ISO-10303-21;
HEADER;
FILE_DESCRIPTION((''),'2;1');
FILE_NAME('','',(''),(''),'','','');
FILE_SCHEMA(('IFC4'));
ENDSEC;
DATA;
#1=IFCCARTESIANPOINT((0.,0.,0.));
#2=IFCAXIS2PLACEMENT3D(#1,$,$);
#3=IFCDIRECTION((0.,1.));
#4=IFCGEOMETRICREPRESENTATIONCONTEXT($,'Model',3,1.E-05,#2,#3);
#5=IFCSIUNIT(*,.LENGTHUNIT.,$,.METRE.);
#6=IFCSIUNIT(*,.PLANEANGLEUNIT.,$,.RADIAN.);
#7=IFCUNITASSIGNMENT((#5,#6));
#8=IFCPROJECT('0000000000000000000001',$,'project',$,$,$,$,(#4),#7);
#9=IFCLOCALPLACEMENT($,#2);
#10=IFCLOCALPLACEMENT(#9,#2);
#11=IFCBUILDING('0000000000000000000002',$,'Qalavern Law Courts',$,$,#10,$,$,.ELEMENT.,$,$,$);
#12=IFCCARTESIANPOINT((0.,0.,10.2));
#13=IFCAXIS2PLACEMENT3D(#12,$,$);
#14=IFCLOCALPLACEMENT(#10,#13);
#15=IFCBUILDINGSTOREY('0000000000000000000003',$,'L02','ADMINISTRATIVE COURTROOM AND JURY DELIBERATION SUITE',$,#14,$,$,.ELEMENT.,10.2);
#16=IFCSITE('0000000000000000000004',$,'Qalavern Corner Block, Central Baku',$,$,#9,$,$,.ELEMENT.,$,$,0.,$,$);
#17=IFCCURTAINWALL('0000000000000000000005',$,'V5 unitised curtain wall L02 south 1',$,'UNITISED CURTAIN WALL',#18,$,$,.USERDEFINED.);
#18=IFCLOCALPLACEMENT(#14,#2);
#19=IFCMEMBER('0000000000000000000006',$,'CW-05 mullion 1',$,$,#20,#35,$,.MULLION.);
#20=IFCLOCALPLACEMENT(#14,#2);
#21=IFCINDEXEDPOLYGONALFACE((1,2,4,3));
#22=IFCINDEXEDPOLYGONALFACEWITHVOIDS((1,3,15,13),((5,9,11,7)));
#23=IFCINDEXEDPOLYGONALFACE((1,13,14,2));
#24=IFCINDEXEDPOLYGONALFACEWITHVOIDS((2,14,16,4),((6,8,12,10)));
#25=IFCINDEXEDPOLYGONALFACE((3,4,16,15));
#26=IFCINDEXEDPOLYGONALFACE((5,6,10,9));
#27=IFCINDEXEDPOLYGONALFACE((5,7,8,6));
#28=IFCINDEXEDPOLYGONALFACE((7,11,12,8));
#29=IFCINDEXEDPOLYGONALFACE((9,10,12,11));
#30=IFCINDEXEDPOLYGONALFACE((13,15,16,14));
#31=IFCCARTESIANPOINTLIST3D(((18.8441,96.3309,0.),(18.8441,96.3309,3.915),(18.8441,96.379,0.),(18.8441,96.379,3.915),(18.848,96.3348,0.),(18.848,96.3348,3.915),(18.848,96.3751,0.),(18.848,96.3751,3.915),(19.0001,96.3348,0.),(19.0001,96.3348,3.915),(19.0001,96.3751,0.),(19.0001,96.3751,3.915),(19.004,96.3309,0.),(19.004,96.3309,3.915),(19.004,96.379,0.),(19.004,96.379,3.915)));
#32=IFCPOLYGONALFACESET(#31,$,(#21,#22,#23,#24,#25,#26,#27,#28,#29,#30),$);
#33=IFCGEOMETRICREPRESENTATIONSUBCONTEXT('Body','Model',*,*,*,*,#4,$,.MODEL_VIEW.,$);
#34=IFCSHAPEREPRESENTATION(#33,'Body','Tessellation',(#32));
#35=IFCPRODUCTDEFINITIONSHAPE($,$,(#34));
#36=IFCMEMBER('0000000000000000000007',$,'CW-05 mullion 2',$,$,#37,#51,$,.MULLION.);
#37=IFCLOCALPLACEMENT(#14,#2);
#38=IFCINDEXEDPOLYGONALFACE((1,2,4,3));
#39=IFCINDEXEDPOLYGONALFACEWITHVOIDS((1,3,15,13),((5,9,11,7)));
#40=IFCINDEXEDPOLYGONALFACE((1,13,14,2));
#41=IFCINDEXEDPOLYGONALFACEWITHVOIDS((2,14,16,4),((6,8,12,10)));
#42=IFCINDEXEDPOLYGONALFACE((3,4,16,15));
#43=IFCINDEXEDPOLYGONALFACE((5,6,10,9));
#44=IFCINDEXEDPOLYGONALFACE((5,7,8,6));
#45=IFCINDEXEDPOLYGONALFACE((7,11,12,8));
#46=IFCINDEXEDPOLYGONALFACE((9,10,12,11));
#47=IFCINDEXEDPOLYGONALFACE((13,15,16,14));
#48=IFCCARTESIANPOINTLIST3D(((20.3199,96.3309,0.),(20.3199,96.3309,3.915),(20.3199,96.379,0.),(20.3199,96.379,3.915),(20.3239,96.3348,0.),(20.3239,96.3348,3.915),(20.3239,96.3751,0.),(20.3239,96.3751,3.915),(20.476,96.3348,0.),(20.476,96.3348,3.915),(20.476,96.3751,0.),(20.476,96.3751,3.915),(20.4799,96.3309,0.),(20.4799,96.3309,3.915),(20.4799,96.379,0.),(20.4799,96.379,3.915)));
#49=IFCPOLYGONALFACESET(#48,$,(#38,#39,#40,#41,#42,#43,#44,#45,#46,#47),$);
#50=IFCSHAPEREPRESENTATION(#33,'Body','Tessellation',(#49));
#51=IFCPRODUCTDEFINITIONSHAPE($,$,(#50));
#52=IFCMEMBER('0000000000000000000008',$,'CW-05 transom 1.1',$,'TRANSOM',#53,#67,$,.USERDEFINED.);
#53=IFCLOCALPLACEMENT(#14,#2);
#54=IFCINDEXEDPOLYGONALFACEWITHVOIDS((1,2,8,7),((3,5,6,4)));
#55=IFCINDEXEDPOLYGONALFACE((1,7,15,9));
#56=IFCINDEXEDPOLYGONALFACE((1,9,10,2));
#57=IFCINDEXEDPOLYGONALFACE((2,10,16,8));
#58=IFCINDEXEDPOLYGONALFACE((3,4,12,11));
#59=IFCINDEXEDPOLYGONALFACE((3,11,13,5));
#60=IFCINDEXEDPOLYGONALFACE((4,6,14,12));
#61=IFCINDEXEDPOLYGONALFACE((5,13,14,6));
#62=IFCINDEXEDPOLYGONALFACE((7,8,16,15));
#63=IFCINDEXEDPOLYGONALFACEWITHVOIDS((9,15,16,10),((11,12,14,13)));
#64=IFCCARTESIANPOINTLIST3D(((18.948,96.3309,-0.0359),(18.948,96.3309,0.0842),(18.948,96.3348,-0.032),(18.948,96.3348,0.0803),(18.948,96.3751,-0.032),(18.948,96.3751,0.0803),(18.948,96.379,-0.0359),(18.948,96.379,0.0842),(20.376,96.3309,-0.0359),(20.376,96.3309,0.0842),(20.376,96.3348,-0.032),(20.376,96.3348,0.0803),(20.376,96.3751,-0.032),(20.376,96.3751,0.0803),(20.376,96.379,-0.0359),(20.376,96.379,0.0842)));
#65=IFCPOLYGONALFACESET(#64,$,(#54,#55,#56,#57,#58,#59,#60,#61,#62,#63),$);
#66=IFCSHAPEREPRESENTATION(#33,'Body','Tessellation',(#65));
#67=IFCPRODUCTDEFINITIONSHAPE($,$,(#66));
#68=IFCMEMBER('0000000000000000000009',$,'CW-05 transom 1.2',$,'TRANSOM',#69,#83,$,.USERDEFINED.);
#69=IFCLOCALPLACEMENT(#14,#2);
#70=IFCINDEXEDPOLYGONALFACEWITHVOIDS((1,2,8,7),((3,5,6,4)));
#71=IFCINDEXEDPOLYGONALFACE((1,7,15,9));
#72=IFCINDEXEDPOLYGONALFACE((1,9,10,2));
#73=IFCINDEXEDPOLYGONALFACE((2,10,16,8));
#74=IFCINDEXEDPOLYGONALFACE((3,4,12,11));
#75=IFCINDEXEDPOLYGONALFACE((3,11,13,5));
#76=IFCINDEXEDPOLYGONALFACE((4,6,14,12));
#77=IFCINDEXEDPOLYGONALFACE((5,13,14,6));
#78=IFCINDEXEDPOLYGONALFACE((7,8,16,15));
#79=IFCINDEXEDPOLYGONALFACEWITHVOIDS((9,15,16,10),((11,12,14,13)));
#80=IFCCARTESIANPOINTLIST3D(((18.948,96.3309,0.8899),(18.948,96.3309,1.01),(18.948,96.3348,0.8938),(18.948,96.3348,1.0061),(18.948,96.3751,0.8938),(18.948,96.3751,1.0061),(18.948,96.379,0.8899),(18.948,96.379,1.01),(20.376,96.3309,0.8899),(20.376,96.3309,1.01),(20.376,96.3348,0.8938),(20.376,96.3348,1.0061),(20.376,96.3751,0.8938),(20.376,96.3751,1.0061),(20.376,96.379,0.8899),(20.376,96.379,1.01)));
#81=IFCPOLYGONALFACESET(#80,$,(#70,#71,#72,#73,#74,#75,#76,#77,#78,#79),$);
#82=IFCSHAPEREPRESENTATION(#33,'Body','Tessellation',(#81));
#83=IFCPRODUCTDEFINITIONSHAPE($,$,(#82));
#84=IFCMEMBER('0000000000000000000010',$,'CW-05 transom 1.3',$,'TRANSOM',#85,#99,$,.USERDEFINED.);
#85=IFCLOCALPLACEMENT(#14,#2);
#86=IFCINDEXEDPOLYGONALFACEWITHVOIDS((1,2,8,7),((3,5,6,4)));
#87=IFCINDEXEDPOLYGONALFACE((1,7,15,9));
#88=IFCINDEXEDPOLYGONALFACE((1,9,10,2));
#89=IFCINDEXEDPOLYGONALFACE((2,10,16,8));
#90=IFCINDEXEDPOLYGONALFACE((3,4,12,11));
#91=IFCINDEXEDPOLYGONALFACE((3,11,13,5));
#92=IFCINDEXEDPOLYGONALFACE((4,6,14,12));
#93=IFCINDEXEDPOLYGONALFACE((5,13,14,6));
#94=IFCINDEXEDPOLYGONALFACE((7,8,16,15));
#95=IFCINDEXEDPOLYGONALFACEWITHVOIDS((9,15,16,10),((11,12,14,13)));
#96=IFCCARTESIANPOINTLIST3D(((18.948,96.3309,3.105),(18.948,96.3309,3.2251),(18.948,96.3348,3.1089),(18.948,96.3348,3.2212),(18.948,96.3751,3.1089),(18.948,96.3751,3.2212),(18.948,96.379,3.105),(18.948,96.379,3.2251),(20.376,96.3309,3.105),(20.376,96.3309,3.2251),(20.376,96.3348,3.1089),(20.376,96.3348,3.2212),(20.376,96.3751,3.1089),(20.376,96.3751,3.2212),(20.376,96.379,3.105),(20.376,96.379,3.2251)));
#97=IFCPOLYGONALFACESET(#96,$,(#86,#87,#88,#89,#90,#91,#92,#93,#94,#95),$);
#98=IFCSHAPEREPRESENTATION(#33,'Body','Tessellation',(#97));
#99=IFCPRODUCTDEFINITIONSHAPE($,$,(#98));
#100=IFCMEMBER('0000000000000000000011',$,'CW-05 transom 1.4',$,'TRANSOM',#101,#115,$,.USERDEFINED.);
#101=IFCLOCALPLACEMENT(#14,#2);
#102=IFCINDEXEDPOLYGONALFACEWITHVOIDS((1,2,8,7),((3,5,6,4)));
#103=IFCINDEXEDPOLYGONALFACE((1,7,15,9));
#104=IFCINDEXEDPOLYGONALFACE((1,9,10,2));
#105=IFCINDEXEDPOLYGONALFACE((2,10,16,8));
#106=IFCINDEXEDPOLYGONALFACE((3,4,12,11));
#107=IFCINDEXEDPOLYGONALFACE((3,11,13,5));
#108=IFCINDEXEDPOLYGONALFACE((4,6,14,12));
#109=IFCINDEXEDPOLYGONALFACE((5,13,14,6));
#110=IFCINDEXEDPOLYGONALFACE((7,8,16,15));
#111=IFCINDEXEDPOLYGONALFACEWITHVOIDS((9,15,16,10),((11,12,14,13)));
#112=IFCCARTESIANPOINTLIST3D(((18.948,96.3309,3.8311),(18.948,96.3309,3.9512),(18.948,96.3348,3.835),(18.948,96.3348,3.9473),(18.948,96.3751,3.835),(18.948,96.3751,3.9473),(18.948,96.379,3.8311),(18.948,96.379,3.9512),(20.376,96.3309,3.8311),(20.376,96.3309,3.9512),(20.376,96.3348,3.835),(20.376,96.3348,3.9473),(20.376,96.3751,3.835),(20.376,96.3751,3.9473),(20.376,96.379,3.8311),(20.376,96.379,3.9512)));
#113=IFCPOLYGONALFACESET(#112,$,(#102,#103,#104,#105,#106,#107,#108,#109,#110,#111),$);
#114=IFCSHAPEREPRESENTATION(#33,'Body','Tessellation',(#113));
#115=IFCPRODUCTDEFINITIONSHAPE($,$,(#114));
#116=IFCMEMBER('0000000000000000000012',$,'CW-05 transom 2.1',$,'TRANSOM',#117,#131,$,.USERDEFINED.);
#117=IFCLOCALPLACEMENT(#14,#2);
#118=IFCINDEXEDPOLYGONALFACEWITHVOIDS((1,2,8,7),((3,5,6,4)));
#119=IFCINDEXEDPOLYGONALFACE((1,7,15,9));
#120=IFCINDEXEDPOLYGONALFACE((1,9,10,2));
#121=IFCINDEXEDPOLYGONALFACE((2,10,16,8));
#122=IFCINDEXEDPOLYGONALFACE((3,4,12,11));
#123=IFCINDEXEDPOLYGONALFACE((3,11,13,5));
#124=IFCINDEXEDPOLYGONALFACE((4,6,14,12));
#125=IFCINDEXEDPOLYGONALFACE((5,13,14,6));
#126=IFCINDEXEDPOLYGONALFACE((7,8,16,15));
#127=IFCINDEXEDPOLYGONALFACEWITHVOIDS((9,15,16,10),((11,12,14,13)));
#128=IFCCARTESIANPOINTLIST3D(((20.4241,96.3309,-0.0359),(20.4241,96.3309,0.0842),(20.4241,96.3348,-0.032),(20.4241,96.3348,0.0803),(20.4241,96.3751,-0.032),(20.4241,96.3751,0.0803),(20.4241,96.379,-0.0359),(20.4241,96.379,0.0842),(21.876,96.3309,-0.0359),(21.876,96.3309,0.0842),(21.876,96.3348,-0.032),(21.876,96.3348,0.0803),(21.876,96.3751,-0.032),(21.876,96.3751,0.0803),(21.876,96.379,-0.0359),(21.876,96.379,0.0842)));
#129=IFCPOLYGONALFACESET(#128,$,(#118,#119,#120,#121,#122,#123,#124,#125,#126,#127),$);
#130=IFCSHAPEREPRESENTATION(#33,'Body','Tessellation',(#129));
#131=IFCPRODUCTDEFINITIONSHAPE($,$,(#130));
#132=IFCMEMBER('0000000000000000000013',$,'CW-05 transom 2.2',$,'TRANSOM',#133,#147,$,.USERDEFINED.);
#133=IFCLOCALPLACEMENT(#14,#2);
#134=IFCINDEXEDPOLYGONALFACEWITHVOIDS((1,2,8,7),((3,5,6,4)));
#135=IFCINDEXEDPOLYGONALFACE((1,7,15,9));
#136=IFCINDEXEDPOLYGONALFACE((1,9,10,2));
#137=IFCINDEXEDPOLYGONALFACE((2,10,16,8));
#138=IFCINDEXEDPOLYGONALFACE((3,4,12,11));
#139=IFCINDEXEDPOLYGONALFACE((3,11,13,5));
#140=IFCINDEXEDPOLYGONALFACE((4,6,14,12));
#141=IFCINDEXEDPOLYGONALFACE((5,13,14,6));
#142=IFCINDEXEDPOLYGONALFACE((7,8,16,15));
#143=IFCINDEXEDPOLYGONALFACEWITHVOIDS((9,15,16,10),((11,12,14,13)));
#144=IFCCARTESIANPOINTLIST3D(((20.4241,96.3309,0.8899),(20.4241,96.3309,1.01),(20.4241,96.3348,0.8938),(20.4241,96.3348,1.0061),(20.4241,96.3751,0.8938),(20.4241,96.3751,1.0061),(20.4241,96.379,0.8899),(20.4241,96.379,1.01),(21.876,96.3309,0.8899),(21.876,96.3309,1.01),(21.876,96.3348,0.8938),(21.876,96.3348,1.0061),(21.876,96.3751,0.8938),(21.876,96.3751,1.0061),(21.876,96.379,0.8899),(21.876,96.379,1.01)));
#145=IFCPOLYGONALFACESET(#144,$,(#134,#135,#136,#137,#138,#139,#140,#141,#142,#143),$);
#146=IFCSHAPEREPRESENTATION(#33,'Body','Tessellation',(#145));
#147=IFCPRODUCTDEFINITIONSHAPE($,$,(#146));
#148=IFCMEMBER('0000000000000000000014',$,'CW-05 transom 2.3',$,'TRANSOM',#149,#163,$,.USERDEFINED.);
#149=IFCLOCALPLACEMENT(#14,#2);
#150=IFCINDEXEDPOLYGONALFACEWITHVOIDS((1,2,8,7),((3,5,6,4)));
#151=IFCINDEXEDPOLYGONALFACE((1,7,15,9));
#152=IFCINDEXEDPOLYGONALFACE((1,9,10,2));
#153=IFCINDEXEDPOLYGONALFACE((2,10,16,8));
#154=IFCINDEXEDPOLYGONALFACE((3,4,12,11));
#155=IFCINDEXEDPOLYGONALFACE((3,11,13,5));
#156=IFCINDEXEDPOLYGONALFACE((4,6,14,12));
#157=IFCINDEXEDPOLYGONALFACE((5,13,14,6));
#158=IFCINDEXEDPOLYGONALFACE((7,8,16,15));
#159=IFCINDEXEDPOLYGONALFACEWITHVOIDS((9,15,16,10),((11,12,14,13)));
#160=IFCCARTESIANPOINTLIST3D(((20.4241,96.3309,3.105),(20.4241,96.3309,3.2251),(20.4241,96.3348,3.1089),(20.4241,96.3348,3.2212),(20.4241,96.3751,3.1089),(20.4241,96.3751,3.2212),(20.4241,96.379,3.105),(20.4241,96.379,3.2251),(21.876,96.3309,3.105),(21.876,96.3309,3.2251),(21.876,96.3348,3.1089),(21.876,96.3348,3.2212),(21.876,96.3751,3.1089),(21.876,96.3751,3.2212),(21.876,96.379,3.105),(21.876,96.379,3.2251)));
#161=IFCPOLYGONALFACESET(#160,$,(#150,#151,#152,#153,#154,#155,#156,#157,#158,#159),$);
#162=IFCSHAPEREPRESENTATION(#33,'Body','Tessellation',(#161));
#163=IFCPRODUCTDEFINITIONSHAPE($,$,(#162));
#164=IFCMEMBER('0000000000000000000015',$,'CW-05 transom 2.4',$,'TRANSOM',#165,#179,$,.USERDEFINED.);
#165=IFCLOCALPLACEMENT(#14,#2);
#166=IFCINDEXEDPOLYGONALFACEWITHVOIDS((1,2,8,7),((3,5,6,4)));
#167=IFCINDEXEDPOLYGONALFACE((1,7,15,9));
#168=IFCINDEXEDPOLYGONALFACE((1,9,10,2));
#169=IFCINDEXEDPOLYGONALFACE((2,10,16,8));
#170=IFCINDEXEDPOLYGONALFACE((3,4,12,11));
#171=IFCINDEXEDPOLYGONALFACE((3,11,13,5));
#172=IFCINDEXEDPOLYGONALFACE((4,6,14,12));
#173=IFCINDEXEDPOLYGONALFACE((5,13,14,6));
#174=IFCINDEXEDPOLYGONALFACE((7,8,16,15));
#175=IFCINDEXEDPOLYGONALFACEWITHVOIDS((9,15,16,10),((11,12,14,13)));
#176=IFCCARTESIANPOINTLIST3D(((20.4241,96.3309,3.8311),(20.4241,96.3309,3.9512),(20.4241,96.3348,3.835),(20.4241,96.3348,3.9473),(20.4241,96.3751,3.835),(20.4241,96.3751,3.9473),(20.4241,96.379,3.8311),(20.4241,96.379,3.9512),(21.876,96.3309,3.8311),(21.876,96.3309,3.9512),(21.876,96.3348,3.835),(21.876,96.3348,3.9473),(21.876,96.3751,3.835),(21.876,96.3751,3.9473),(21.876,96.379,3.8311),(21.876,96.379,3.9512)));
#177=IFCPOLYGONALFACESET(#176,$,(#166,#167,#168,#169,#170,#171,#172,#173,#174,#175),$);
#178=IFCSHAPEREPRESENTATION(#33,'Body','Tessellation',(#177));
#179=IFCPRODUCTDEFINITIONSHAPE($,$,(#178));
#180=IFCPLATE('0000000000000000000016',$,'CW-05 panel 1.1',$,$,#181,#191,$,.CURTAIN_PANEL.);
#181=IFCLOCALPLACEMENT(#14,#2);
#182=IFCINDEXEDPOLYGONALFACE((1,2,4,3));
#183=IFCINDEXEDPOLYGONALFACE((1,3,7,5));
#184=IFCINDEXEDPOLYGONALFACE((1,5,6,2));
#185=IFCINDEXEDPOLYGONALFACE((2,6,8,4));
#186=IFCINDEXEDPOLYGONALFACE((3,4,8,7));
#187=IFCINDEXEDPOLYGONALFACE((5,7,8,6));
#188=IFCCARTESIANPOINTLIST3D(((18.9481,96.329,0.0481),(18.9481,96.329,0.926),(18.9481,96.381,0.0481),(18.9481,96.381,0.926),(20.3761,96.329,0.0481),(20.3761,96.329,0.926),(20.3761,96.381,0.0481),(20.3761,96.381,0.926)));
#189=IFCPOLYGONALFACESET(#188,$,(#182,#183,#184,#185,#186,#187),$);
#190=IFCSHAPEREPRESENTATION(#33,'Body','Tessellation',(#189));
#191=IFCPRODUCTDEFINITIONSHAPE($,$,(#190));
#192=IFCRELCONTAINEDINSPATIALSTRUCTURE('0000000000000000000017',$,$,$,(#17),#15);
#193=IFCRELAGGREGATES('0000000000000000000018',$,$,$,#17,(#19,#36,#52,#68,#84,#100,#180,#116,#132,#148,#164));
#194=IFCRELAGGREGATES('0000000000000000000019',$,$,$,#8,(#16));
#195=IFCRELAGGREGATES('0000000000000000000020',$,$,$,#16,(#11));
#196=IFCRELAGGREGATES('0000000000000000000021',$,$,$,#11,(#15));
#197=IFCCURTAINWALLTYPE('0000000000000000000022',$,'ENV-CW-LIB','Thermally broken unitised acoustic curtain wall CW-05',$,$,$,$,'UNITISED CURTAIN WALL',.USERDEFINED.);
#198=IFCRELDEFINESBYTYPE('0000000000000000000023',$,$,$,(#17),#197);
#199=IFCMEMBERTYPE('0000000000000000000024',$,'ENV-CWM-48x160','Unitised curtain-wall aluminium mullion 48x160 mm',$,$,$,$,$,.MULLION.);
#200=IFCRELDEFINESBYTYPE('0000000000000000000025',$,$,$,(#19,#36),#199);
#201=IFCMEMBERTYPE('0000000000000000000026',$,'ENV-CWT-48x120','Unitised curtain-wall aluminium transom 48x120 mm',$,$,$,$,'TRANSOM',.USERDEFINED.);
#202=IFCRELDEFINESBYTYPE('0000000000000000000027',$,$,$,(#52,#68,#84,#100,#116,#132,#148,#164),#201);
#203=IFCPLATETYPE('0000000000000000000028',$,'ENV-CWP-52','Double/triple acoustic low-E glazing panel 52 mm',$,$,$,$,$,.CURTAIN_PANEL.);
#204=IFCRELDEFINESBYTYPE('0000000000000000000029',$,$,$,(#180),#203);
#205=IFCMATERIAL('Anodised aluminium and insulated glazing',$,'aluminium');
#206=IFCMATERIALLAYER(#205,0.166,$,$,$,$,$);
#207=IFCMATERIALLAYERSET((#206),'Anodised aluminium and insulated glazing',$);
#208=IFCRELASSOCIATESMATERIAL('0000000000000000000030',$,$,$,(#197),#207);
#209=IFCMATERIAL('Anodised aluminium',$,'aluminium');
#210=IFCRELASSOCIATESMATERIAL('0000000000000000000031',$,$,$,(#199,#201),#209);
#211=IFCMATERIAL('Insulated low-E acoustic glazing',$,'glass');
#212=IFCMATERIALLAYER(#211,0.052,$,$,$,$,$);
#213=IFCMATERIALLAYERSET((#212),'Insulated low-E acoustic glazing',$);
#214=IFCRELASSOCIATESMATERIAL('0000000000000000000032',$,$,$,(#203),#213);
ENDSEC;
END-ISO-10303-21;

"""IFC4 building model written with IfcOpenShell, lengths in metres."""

from ifc_helpers import new_model, si_unit, direction, frame, origin, origin_2d, place, context, subcontext, project, spatial, rectangle, hollow_rectangle, extrude, material, layer, layer_set, material_profile, profile_set, type_object, element, aggregate, save


model = new_model("IFC4")

# Units and contexts
model_context = context("Model", 3, precision=1e-05, world=origin(), true_north=direction((0.0, 1.0)))
body_context = subcontext(model_context, "Body", "Model", "MODEL_VIEW")
ifc_project = project(units=[si_unit("LENGTHUNIT", "METRE"), si_unit("PLANEANGLEUNIT", "RADIAN")], contexts=[model_context])

# Site, building, storey
site_placement = place(None, origin())
site = spatial("IfcSite", under=ifc_project, at=site_placement, Name="Qalavern Corner Block, Central Baku", CompositionType="ELEMENT", RefElevation=0.0)
building_placement = place(site_placement, origin())
building = spatial("IfcBuilding", under=site, at=building_placement, Name="Qalavern Law Courts", CompositionType="ELEMENT")
storey_placement = place(building_placement, frame((0.0, 0.0, 10.2)))
storey = spatial("IfcBuildingStorey", under=building, at=storey_placement, Name="L02", Description="ADMINISTRATIVE COURTROOM AND JURY DELIBERATION SUITE", CompositionType="ELEMENT", Elevation=10.2)

# Curtain wall, members, plate
ifc_material_1 = material(Name="Anodised aluminium and insulated glazing", Category="aluminium")
ifc_layer_1 = layer(ifc_material_1, 0.166)
ifc_layer_set_1 = layer_set([ifc_layer_1], Name="Anodised aluminium and insulated glazing")
curtain_wall_type = type_object("IfcCurtainWallType", Name="ENV-CW-LIB", Description="Thermally broken unitised acoustic curtain wall CW-05", ElementType="UNITISED CURTAIN WALL", PredefinedType="USERDEFINED", material=ifc_layer_set_1)
curtain_wall_placement = place(storey_placement, origin())
curtain_wall = element("IfcCurtainWall", 1, at=curtain_wall_placement, inside=storey, type_object=curtain_wall_type, Name="V5 unitised curtain wall L02 south 1", ObjectType="UNITISED CURTAIN WALL", PredefinedType="USERDEFINED")
ifc_material_2 = material(Name="Anodised aluminium", Category="aluminium")
ifc_material_profile_1 = material_profile(ifc_material_2, hollow_rectangle(XDim=0.0481, YDim=0.1599, WallThickness=0.0039, at=origin_2d()), Name="ALU MULLION 48x160")
ifc_profile_set_1 = profile_set([ifc_material_profile_1], Name="Anodised aluminium")
member_type_1 = type_object("IfcMemberType", Name="ENV-CWM-48x160", Description="Unitised curtain-wall aluminium mullion 48x160 mm", PredefinedType="MULLION", material=ifc_profile_set_1)
member_1_placement = place(storey_placement, frame((18.9241, 96.355, 0.0), z_axis=(0.0, 0.0, 1.0), x_axis=(0.0, 1.0, 0.0)))
member_1 = element("IfcMember", 2, at=member_1_placement, type_object=member_type_1, Name="CW-05 mullion 1", PredefinedType="MULLION", context=body_context, shape_type="SweptSolid", body=[
    extrude(hollow_rectangle(XDim=0.0481, YDim=0.1599, WallThickness=0.0039, at=origin_2d()), origin(), (0.0, 0.0, 1.0), 3.915),
])
member_2_placement = place(storey_placement, frame((20.3999, 96.355, 0.0), z_axis=(0.0, 0.0, 1.0), x_axis=(0.0, 1.0, 0.0)))
member_2 = element("IfcMember", 3, at=member_2_placement, type_object=member_type_1, Name="CW-05 mullion 2", PredefinedType="MULLION", context=body_context, shape_type="SweptSolid", body=[
    extrude(hollow_rectangle(XDim=0.0481, YDim=0.1599, WallThickness=0.0039, at=origin_2d()), origin(), (0.0, 0.0, 1.0), 3.915),
])
ifc_material_profile_2 = material_profile(ifc_material_2, hollow_rectangle(XDim=0.0481, YDim=0.1201, WallThickness=0.0039, at=origin_2d()), Name="ALU TRANSOM 48x120")
ifc_profile_set_2 = profile_set([ifc_material_profile_2], Name="Anodised aluminium")
member_type_2 = type_object("IfcMemberType", Name="ENV-CWT-48x120", Description="Unitised curtain-wall aluminium transom 48x120 mm", ElementType="TRANSOM", PredefinedType="USERDEFINED", material=ifc_profile_set_2)
member_3_placement = place(storey_placement, frame((18.948, 96.355, 0.0242), z_axis=(1.0, 0.0, 0.0), x_axis=(0.0, 1.0, 0.0)))
member_3 = element("IfcMember", 4, at=member_3_placement, type_object=member_type_2, Name="CW-05 transom 1.1", ObjectType="TRANSOM", PredefinedType="USERDEFINED", context=body_context, shape_type="SweptSolid", body=[
    extrude(hollow_rectangle(XDim=0.0481, YDim=0.1201, WallThickness=0.0039, at=origin_2d()), origin(), (0.0, 0.0, 1.0), 1.428),
])
member_4_placement = place(storey_placement, frame((18.948, 96.355, 0.95), z_axis=(1.0, 0.0, 0.0), x_axis=(0.0, 1.0, 0.0)))
member_4 = element("IfcMember", 5, at=member_4_placement, type_object=member_type_2, Name="CW-05 transom 1.2", ObjectType="TRANSOM", PredefinedType="USERDEFINED", context=body_context, shape_type="SweptSolid", body=[
    extrude(hollow_rectangle(XDim=0.0481, YDim=0.1201, WallThickness=0.0039, at=origin_2d()), origin(), (0.0, 0.0, 1.0), 1.428),
])
member_5_placement = place(storey_placement, frame((18.948, 96.355, 3.165), z_axis=(1.0, 0.0, 0.0), x_axis=(0.0, 1.0, 0.0)))
member_5 = element("IfcMember", 6, at=member_5_placement, type_object=member_type_2, Name="CW-05 transom 1.3", ObjectType="TRANSOM", PredefinedType="USERDEFINED", context=body_context, shape_type="SweptSolid", body=[
    extrude(hollow_rectangle(XDim=0.0481, YDim=0.1201, WallThickness=0.0039, at=origin_2d()), origin(), (0.0, 0.0, 1.0), 1.428),
])
member_6_placement = place(storey_placement, frame((18.948, 96.355, 3.8911), z_axis=(1.0, 0.0, 0.0), x_axis=(0.0, 1.0, 0.0)))
member_6 = element("IfcMember", 7, at=member_6_placement, type_object=member_type_2, Name="CW-05 transom 1.4", ObjectType="TRANSOM", PredefinedType="USERDEFINED", context=body_context, shape_type="SweptSolid", body=[
    extrude(hollow_rectangle(XDim=0.0481, YDim=0.1201, WallThickness=0.0039, at=origin_2d()), origin(), (0.0, 0.0, 1.0), 1.428),
])
member_7_placement = place(storey_placement, frame((20.4241, 96.355, 0.0242), z_axis=(1.0, 0.0, 0.0), x_axis=(0.0, 1.0, 0.0)))
member_7 = element("IfcMember", 8, at=member_7_placement, type_object=member_type_2, Name="CW-05 transom 2.1", ObjectType="TRANSOM", PredefinedType="USERDEFINED", context=body_context, shape_type="SweptSolid", body=[
    extrude(hollow_rectangle(XDim=0.0481, YDim=0.1201, WallThickness=0.0039, at=origin_2d()), origin(), (0.0, 0.0, 1.0), 1.4519),
])
member_8_placement = place(storey_placement, frame((20.4241, 96.355, 0.95), z_axis=(1.0, 0.0, 0.0), x_axis=(0.0, 1.0, 0.0)))
member_8 = element("IfcMember", 9, at=member_8_placement, type_object=member_type_2, Name="CW-05 transom 2.2", ObjectType="TRANSOM", PredefinedType="USERDEFINED", context=body_context, shape_type="SweptSolid", body=[
    extrude(hollow_rectangle(XDim=0.0481, YDim=0.1201, WallThickness=0.0039, at=origin_2d()), origin(), (0.0, 0.0, 1.0), 1.4519),
])
member_9_placement = place(storey_placement, frame((20.4241, 96.355, 3.165), z_axis=(1.0, 0.0, 0.0), x_axis=(0.0, 1.0, 0.0)))
member_9 = element("IfcMember", 10, at=member_9_placement, type_object=member_type_2, Name="CW-05 transom 2.3", ObjectType="TRANSOM", PredefinedType="USERDEFINED", context=body_context, shape_type="SweptSolid", body=[
    extrude(hollow_rectangle(XDim=0.0481, YDim=0.1201, WallThickness=0.0039, at=origin_2d()), origin(), (0.0, 0.0, 1.0), 1.4519),
])
member_10_placement = place(storey_placement, frame((20.4241, 96.355, 3.8911), z_axis=(1.0, 0.0, 0.0), x_axis=(0.0, 1.0, 0.0)))
member_10 = element("IfcMember", 11, at=member_10_placement, type_object=member_type_2, Name="CW-05 transom 2.4", ObjectType="TRANSOM", PredefinedType="USERDEFINED", context=body_context, shape_type="SweptSolid", body=[
    extrude(hollow_rectangle(XDim=0.0481, YDim=0.1201, WallThickness=0.0039, at=origin_2d()), origin(), (0.0, 0.0, 1.0), 1.4519),
])
ifc_material_3 = material(Name="Insulated low-E acoustic glazing", Category="glass")
ifc_layer_2 = layer(ifc_material_3, 0.052)
ifc_layer_set_2 = layer_set([ifc_layer_2], Name="Insulated low-E acoustic glazing")
plate_type = type_object("IfcPlateType", Name="ENV-CWP-52", Description="Double/triple acoustic low-E glazing panel 52 mm", PredefinedType="CURTAIN_PANEL", material=ifc_layer_set_2)
plate_1_placement = place(storey_placement, frame((19.6621, 96.355, 0.0481), z_axis=(0.0, 0.0, 1.0), x_axis=(1.0, 0.0, 0.0)))
plate_1 = element("IfcPlate", 12, at=plate_1_placement, type_object=plate_type, Name="CW-05 panel 1.1", PredefinedType="CURTAIN_PANEL", context=body_context, shape_type="SweptSolid", body=[
    extrude(rectangle(XDim=1.428, YDim=0.052, at=origin_2d()), origin(), (0.0, 0.0, 1.0), 0.8779),
])
aggregate(curtain_wall, [member_1, member_2, member_3, member_4, member_5, member_6, plate_1, member_7, member_8, member_9, member_10])

save(model, "model.ifc")
